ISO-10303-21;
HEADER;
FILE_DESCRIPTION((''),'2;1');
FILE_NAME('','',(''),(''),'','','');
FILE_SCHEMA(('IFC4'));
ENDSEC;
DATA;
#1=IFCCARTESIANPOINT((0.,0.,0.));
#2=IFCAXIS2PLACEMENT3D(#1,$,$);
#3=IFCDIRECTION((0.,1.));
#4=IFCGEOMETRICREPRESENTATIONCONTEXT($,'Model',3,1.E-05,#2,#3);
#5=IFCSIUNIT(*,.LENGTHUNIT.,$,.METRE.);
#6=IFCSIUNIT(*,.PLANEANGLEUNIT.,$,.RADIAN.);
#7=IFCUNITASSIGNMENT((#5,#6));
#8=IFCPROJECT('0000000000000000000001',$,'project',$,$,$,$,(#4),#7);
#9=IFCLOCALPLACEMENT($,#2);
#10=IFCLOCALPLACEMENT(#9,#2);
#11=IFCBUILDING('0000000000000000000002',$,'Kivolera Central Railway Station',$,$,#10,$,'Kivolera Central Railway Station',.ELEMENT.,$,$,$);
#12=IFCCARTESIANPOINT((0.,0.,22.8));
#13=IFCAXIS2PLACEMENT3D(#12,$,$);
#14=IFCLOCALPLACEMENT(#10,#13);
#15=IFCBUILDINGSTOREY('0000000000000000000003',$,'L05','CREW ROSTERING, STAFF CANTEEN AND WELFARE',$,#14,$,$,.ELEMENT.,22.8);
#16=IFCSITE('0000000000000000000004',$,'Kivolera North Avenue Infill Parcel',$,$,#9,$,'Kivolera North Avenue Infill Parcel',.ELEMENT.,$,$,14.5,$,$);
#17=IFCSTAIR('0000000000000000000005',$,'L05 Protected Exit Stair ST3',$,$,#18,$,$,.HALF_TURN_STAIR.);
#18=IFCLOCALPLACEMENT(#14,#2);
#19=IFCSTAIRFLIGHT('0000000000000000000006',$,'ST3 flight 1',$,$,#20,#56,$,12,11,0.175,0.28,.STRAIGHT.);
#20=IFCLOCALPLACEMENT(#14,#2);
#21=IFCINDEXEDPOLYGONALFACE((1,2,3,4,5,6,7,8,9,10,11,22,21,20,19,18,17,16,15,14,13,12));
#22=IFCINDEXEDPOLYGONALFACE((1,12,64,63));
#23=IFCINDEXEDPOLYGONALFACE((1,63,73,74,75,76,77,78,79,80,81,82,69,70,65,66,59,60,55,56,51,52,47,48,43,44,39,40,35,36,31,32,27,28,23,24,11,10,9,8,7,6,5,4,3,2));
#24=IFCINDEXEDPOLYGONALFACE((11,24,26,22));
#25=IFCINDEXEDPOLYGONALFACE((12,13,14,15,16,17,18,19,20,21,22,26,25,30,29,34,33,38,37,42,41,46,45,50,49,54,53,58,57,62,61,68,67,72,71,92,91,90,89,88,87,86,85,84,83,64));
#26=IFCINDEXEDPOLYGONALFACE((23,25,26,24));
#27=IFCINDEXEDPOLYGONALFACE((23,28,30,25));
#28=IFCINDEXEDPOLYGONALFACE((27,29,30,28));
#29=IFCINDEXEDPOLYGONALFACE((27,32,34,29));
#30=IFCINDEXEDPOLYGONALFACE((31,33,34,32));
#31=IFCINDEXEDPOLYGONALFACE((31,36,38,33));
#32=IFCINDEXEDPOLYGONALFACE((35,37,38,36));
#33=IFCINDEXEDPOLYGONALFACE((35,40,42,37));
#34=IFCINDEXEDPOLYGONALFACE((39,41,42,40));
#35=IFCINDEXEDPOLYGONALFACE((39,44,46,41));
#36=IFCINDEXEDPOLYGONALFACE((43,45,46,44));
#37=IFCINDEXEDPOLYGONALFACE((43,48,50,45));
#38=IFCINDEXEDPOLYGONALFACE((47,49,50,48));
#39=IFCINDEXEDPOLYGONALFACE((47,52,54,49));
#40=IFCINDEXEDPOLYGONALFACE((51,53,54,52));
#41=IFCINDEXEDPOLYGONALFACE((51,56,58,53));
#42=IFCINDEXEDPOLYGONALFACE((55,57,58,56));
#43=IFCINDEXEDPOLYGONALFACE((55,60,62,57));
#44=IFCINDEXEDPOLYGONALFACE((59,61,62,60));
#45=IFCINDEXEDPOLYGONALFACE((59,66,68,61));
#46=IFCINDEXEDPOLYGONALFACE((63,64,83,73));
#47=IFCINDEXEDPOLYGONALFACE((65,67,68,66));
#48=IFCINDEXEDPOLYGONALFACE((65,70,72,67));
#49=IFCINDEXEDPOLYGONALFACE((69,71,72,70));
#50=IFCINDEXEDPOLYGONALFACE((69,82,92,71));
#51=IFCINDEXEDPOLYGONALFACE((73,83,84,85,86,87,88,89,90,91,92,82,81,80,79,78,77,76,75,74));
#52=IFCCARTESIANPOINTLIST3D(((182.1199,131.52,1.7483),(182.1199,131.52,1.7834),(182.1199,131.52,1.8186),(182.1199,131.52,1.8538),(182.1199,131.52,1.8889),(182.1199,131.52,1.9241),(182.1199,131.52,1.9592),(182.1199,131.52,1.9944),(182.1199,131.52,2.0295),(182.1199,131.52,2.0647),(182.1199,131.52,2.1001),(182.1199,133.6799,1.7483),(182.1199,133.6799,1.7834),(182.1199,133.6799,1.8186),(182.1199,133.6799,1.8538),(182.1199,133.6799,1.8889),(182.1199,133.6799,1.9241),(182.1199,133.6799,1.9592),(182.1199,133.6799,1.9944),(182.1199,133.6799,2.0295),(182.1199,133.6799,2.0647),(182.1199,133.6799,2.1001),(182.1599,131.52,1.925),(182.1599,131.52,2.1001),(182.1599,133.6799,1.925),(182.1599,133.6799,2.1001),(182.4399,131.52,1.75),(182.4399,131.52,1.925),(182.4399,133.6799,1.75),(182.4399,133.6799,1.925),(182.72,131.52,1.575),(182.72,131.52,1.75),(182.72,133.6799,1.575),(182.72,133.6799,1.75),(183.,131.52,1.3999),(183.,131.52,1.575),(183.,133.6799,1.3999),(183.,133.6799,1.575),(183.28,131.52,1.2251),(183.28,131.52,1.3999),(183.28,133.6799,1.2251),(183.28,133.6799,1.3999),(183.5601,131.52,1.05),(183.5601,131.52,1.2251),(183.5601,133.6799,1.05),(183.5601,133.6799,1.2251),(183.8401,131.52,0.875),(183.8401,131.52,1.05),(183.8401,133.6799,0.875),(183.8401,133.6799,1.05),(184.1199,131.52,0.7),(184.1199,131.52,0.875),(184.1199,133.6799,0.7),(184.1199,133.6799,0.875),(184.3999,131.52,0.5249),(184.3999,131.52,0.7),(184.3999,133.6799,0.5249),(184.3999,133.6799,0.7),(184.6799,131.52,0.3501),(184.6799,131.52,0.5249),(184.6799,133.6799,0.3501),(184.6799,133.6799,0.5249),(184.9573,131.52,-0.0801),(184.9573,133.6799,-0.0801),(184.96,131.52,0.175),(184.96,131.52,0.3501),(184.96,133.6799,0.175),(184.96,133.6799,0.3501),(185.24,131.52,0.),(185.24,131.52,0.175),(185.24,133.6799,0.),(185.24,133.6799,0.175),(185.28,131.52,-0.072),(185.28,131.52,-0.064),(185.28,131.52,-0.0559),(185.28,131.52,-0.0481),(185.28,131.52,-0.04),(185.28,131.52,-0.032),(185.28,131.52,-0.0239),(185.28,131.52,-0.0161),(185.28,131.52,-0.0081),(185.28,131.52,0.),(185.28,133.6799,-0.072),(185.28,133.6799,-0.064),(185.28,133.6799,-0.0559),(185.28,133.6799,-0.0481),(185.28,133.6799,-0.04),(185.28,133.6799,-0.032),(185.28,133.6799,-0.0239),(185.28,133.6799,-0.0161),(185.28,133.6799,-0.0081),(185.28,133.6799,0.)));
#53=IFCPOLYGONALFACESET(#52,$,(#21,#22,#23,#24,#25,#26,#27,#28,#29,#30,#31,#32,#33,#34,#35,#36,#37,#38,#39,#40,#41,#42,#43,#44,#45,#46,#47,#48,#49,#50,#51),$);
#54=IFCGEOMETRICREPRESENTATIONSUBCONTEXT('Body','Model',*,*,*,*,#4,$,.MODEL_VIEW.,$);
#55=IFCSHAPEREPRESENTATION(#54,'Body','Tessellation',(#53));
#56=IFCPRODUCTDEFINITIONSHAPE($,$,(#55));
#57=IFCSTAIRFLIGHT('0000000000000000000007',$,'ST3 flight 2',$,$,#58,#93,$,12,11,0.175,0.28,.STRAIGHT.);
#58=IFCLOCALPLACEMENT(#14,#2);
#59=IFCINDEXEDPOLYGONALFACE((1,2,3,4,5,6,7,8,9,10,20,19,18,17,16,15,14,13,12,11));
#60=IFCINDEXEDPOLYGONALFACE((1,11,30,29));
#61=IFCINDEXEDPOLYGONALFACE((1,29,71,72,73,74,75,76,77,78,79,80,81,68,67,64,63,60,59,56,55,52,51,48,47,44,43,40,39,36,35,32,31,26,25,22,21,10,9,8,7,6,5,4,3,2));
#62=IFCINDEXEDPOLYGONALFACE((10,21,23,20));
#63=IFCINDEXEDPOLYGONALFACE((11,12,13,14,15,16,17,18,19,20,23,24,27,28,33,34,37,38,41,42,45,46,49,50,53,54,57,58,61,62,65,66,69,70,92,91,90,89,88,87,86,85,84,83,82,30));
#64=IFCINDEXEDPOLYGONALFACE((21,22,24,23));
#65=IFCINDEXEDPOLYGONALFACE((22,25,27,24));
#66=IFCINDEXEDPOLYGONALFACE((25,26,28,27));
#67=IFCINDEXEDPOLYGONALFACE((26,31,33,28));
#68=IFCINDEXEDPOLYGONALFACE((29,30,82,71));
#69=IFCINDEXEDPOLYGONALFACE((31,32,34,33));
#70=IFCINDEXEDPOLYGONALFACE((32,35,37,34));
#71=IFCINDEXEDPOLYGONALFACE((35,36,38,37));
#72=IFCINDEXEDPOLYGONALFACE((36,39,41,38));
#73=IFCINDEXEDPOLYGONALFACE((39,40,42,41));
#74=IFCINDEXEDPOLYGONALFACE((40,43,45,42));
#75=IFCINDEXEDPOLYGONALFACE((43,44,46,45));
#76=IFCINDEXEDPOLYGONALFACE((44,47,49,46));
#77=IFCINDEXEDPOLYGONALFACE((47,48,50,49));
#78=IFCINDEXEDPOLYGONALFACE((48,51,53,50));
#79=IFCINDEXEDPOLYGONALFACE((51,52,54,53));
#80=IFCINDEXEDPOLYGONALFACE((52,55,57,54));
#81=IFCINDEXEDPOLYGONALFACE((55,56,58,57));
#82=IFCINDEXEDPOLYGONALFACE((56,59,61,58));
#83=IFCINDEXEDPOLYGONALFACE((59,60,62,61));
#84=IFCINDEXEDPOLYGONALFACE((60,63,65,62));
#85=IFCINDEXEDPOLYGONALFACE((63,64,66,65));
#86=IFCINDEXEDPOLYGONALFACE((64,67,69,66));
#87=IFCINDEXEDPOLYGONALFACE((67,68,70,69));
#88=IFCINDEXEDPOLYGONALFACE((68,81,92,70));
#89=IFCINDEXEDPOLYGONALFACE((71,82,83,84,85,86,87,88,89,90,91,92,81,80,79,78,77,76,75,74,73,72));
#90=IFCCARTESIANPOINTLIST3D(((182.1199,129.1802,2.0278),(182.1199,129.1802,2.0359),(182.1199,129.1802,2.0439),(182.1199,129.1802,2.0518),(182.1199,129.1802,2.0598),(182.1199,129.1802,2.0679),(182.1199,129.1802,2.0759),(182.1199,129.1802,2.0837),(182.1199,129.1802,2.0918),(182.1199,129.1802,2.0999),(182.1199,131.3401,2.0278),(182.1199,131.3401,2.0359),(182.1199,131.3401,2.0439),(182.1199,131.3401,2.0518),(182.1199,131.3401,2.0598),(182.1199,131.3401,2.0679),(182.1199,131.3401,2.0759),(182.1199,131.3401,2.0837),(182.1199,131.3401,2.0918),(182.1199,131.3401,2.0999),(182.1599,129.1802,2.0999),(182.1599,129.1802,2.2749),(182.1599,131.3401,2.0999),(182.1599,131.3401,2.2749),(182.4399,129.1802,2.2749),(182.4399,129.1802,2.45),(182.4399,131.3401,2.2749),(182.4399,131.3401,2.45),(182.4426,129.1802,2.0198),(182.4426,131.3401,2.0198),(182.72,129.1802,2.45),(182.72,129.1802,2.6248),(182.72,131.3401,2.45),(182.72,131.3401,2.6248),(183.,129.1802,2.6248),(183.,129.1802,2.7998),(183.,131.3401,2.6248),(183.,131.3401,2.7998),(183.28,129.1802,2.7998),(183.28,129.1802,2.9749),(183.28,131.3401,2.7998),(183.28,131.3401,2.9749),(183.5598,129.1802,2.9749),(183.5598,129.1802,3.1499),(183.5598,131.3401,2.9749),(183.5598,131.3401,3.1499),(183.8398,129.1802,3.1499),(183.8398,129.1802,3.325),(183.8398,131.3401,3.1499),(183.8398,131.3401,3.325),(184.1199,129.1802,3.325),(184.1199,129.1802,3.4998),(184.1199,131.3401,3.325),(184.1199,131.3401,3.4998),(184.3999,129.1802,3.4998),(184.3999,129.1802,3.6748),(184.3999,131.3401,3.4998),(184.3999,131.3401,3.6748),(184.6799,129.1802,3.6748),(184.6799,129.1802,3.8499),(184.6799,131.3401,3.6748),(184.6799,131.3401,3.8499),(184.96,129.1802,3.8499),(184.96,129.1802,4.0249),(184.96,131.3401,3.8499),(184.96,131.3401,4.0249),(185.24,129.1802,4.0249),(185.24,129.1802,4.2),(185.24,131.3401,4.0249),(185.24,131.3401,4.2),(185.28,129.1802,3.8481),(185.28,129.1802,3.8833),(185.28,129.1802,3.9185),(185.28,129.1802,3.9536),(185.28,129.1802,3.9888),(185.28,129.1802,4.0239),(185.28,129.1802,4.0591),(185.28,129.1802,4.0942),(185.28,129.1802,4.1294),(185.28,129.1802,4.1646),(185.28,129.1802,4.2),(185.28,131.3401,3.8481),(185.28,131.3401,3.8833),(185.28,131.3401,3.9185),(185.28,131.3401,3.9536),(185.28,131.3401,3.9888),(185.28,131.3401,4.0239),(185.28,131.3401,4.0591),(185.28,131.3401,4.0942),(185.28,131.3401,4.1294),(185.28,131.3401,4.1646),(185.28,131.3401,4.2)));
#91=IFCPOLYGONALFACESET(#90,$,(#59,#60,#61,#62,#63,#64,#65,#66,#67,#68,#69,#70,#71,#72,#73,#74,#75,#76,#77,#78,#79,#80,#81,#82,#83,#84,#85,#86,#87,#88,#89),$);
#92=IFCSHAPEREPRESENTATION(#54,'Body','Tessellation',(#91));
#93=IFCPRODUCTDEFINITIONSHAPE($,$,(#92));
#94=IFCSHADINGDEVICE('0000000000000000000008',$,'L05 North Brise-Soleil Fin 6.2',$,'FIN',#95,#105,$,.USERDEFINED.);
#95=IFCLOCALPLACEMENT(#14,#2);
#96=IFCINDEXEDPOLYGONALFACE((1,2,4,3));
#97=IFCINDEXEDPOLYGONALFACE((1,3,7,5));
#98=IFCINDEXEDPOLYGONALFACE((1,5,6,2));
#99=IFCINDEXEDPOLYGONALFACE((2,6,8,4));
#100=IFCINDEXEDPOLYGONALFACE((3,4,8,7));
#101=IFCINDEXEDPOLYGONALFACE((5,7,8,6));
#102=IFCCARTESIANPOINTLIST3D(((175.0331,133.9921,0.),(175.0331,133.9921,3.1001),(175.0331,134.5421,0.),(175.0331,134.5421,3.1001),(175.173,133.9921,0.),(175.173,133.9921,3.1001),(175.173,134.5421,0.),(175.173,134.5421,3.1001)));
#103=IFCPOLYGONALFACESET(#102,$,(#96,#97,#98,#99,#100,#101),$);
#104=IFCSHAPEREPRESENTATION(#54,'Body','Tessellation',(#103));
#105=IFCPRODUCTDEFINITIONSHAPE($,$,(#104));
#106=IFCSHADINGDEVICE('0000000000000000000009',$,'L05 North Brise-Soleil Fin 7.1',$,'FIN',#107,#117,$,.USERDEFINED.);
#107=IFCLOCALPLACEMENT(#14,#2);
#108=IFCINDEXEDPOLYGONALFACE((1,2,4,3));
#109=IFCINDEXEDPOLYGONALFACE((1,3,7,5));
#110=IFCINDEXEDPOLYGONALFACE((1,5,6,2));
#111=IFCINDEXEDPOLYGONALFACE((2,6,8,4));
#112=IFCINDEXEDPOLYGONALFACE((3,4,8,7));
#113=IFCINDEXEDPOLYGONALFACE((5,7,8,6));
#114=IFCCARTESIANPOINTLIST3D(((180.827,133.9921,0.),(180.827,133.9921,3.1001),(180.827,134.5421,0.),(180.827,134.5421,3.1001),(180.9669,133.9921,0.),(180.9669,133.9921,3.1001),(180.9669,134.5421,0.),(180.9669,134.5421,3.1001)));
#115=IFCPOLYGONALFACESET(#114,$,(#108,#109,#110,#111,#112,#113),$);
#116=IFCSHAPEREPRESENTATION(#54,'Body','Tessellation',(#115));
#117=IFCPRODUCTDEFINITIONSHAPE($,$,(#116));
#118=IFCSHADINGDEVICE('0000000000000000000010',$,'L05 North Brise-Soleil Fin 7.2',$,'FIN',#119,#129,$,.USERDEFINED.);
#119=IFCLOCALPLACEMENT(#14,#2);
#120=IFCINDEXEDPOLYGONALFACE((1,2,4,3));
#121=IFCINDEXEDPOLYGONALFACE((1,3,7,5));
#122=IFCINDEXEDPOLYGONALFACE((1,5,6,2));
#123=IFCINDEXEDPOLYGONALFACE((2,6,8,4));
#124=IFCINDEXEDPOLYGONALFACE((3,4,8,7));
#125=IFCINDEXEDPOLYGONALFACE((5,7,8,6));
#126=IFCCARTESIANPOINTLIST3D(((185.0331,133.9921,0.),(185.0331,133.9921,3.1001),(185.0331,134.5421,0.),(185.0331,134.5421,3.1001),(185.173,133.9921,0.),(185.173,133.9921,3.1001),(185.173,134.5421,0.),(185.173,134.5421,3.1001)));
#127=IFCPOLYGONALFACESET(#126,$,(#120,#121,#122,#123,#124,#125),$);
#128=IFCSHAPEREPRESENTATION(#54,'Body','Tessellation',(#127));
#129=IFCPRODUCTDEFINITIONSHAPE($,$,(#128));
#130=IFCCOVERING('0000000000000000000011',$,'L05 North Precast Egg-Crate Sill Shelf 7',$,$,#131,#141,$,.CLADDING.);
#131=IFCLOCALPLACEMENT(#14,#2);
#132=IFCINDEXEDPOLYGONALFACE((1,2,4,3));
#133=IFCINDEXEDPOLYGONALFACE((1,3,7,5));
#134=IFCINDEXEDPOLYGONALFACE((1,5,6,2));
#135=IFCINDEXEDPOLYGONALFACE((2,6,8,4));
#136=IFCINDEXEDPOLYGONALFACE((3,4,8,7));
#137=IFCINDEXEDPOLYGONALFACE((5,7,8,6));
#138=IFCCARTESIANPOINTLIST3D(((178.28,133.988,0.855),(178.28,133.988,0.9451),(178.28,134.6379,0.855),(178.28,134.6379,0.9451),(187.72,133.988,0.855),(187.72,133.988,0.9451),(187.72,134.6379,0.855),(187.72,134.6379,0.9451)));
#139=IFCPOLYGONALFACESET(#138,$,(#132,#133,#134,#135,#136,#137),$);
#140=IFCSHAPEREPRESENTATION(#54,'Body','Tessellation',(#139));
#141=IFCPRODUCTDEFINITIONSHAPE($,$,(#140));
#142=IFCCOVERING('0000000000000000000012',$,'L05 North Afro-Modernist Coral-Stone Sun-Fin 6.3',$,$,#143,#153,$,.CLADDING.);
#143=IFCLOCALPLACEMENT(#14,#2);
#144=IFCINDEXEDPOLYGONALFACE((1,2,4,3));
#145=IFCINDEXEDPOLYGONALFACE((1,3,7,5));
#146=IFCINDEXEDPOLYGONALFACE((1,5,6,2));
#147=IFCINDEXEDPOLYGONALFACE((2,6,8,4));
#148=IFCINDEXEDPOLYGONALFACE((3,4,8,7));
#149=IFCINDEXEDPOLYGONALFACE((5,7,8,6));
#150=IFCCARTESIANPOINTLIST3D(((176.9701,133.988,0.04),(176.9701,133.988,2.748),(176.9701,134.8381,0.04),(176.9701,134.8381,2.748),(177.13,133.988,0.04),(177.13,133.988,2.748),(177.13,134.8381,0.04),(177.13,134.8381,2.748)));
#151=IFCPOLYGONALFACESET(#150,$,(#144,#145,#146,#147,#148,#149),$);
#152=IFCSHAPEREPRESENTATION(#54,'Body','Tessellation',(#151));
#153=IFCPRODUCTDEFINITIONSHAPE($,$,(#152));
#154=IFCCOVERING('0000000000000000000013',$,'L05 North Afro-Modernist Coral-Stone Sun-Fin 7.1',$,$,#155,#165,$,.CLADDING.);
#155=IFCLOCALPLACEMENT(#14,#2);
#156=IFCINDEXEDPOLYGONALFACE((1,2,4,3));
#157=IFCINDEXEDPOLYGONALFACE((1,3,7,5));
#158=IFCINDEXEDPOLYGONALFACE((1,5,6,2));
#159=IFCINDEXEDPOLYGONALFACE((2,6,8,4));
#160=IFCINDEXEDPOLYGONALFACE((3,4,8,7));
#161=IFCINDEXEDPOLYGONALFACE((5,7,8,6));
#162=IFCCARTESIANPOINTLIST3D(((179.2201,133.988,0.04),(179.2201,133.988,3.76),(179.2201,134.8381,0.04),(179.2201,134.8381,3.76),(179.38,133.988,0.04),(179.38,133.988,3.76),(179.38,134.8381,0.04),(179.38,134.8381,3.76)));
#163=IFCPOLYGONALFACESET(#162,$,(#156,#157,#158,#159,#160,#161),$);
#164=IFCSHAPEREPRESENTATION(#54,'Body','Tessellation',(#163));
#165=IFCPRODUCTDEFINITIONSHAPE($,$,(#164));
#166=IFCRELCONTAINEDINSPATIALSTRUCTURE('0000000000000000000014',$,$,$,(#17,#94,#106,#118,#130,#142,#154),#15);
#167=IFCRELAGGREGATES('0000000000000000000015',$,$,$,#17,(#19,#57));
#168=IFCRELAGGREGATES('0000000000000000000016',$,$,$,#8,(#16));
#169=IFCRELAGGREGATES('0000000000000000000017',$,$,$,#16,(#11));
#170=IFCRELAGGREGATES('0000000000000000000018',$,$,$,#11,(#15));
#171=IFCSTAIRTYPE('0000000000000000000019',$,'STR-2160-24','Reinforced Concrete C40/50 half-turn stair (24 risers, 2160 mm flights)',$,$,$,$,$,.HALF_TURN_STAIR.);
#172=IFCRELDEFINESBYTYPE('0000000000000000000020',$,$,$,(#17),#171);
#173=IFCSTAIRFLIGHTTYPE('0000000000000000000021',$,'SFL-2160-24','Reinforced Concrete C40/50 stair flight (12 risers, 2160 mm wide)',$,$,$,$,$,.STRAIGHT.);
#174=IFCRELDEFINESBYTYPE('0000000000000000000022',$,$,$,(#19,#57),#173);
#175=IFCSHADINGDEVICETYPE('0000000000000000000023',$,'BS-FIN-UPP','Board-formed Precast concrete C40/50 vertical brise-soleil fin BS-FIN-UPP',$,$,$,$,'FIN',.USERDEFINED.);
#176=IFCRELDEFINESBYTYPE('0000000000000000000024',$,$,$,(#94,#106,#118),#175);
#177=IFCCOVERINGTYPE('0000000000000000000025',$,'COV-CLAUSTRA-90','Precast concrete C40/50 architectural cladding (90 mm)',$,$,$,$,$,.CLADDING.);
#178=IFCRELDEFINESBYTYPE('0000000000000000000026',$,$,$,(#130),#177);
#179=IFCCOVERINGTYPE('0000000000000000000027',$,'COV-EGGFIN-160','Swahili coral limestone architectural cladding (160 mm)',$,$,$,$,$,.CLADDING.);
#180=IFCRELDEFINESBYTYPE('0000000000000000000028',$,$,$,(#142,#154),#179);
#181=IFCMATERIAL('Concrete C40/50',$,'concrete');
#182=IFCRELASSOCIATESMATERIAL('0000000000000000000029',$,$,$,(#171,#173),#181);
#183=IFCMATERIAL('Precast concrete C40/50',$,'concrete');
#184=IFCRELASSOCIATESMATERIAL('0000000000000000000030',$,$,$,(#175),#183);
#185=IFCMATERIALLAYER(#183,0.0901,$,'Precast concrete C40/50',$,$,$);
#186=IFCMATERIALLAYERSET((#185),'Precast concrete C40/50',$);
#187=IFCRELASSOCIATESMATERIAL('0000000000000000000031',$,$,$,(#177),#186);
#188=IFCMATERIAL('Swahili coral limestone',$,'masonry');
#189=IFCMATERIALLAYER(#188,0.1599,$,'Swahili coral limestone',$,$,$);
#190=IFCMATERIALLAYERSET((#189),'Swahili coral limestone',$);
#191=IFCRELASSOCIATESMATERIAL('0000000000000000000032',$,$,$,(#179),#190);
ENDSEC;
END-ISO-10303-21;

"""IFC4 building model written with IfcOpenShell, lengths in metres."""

from ifc_helpers import new_model, si_unit, direction, frame, origin, origin_2d, place, context, subcontext, project, spatial, polyline, rectangle, outline, extrude, material, layer, layer_set, type_object, element, aggregate, save


model = new_model("IFC4")

# Units and contexts
model_context = context("Model", 3, precision=1e-05, world=origin(), true_north=direction((0.0, 1.0)))
body_context = subcontext(model_context, "Body", "Model", "MODEL_VIEW")
ifc_project = project(units=[si_unit("LENGTHUNIT", "METRE"), si_unit("PLANEANGLEUNIT", "RADIAN")], contexts=[model_context])

# Site, building, storey
site_placement = place(None, origin())
site = spatial("IfcSite", under=ifc_project, at=site_placement, Name="Kivolera North Avenue Infill Parcel", LongName="Kivolera North Avenue Infill Parcel", CompositionType="ELEMENT", RefElevation=14.5)
building_placement = place(site_placement, origin())
building = spatial("IfcBuilding", under=site, at=building_placement, Name="Kivolera Central Railway Station", LongName="Kivolera Central Railway Station", CompositionType="ELEMENT")
storey_placement = place(building_placement, frame((0.0, 0.0, 22.8)))
storey = spatial("IfcBuildingStorey", under=building, at=storey_placement, Name="L05", Description="CREW ROSTERING, STAFF CANTEEN AND WELFARE", CompositionType="ELEMENT", Elevation=22.8)

# Shared definitions
ifc_material_1 = material(Name="Concrete C40/50", Category="concrete")

# Stair, stair flights
stair_type = type_object("IfcStairType", Name="STR-2160-24", Description="Reinforced Concrete C40/50 half-turn stair (24 risers, 2160 mm flights)", PredefinedType="HALF_TURN_STAIR", material=ifc_material_1)
stair_placement = place(storey_placement, origin())
stair = element("IfcStair", 1, at=stair_placement, inside=storey, type_object=stair_type, Name="L05 Protected Exit Stair ST3", PredefinedType="HALF_TURN_STAIR")
stair_flight_type = type_object("IfcStairFlightType", Name="SFL-2160-24", Description="Reinforced Concrete C40/50 stair flight (12 risers, 2160 mm wide)", PredefinedType="STRAIGHT", material=ifc_material_1)
stair_flight_1_placement = place(storey_placement, frame((185.24, 132.6001, 0.0), z_axis=(0.0, 0.0, 1.0), x_axis=(-1.0, 0.0, 0.0)))
stair_flight_1 = element("IfcStairFlight", 2, at=stair_flight_1_placement, type_object=stair_flight_type, Name="ST3 flight 1", NumberOfRisers=12, NumberOfTreads=11, PredefinedType="STRAIGHT", RiserHeight=0.175, TreadLength=0.28, context=body_context, shape_type="SweptSolid", body=[
    extrude(outline(polyline([(-0.04, 0.0), (0.0, 0.0), (0.0, 0.175), (0.28, 0.175), (0.28, 0.3501), (0.5601, 0.3501), (0.5601, 0.5249), (0.8401, 0.5249), (0.8401, 0.7), (1.1201, 0.7), (1.1201, 0.875), (1.3999, 0.875), (1.3999, 1.05), (1.6799, 1.05), (1.6799, 1.2251), (1.96, 1.2251), (1.96, 1.3999), (2.24, 1.3999), (2.24, 1.575), (2.52, 1.575), (2.52, 1.75), (2.8, 1.75), (2.8, 1.925), (3.0801, 1.925), (3.0801, 2.1001), (3.1201, 2.1001), (3.1201, 2.0647), (3.1201, 2.0295), (3.1201, 1.9944), (3.1201, 1.9592), (3.1201, 1.9241), (3.1201, 1.8889), (3.1201, 1.8538), (3.1201, 1.8186), (3.1201, 1.7834), (3.1201, 1.7483), (0.2827, -0.0801), (-0.04, -0.072), (-0.04, -0.064), (-0.04, -0.0559), (-0.04, -0.0481), (-0.04, -0.04), (-0.04, -0.032), (-0.04, -0.0239), (-0.04, -0.0161), (-0.04, -0.0081), (-0.04, 0.0)])), frame((0.0, 1.0801, 0.0), z_axis=(0.0, -1.0, 0.0), x_axis=(1.0, 0.0, 0.0)), (0.0, 0.0, 1.0), 2.1599),
])
stair_flight_2_placement = place(storey_placement, frame((182.1599, 130.26, 2.0999), z_axis=(0.0, 0.0, 1.0), x_axis=(1.0, 0.0, 0.0)))
stair_flight_2 = element("IfcStairFlight", 3, at=stair_flight_2_placement, type_object=stair_flight_type, Name="ST3 flight 2", NumberOfRisers=12, NumberOfTreads=11, PredefinedType="STRAIGHT", RiserHeight=0.175, TreadLength=0.28, context=body_context, shape_type="SweptSolid", body=[
    extrude(outline(polyline([(-0.04, 0.0), (0.0, 0.0), (0.0, 0.175), (0.28, 0.175), (0.28, 0.3501), (0.5601, 0.3501), (0.5601, 0.5249), (0.8401, 0.5249), (0.8401, 0.7), (1.1201, 0.7), (1.1201, 0.875), (1.3999, 0.875), (1.3999, 1.05), (1.6799, 1.05), (1.6799, 1.2251), (1.96, 1.2251), (1.96, 1.3999), (2.24, 1.3999), (2.24, 1.575), (2.52, 1.575), (2.52, 1.75), (2.8, 1.75), (2.8, 1.925), (3.0801, 1.925), (3.0801, 2.1001), (3.1201, 2.1001), (3.1201, 2.0647), (3.1201, 2.0295), (3.1201, 1.9944), (3.1201, 1.9592), (3.1201, 1.9241), (3.1201, 1.8889), (3.1201, 1.8538), (3.1201, 1.8186), (3.1201, 1.7834), (3.1201, 1.7483), (0.2827, -0.0801), (-0.04, -0.072), (-0.04, -0.064), (-0.04, -0.0559), (-0.04, -0.0481), (-0.04, -0.04), (-0.04, -0.032), (-0.04, -0.0239), (-0.04, -0.0161), (-0.04, -0.0081), (-0.04, 0.0)])), frame((0.0, 1.0801, 0.0), z_axis=(0.0, -1.0, 0.0), x_axis=(1.0, 0.0, 0.0)), (0.0, 0.0, 1.0), 2.1599),
])
aggregate(stair, [stair_flight_1, stair_flight_2])

# Shading devices
ifc_material_2 = material(Name="Precast concrete C40/50", Category="concrete")
shading_device_type = type_object("IfcShadingDeviceType", Name="BS-FIN-UPP", Description="Board-formed Precast concrete C40/50 vertical brise-soleil fin BS-FIN-UPP", ElementType="FIN", PredefinedType="USERDEFINED", material=ifc_material_2)
for number, where, z_axis, x_axis, name in (
    (4, (175.103, 134.2671, 0.0), (0.0, 0.0, 1.0), (1.0, 0.0, 0.0), "L05 North Brise-Soleil Fin 6.2"),
    (5, (180.897, 134.2671, 0.0), (0.0, 0.0, 1.0), (1.0, 0.0, 0.0), "L05 North Brise-Soleil Fin 7.1"),
    (6, (185.103, 134.2671, 0.0), (0.0, 0.0, 1.0), (1.0, 0.0, 0.0), "L05 North Brise-Soleil Fin 7.2"),
):
    element("IfcShadingDevice", number, at=place(storey_placement, frame(where, z_axis=z_axis, x_axis=x_axis)), inside=storey, type_object=shading_device_type, Name=name, ObjectType="FIN", PredefinedType="USERDEFINED", context=body_context, shape_type="SweptSolid", body=[
        extrude(rectangle(XDim=0.1399, YDim=0.55, at=origin_2d()), origin(), (0.0, 0.0, 1.0), 3.1001),
    ])

# Coverings
ifc_layer_1 = layer(ifc_material_2, 0.0901, Name="Precast concrete C40/50")
ifc_layer_set_1 = layer_set([ifc_layer_1], Name="Precast concrete C40/50")
covering_type_1 = type_object("IfcCoveringType", Name="COV-CLAUSTRA-90", Description="Precast concrete C40/50 architectural cladding (90 mm)", PredefinedType="CLADDING", material=ifc_layer_set_1)
covering_1_placement = place(storey_placement, frame((183.0, 134.313, 0.855), z_axis=(0.0, 0.0, 1.0), x_axis=(1.0, 0.0, 0.0)))
element("IfcCovering", 7, at=covering_1_placement, inside=storey, type_object=covering_type_1, Name="L05 North Precast Egg-Crate Sill Shelf 7", PredefinedType="CLADDING", context=body_context, shape_type="SweptSolid", body=[
    extrude(rectangle(XDim=9.4399, YDim=0.6499, at=origin_2d()), origin(), (0.0, 0.0, 1.0), 0.0901),
])
ifc_material_3 = material(Name="Swahili coral limestone", Category="masonry")
ifc_layer_2 = layer(ifc_material_3, 0.1599, Name="Swahili coral limestone")
ifc_layer_set_2 = layer_set([ifc_layer_2], Name="Swahili coral limestone")
covering_type_2 = type_object("IfcCoveringType", Name="COV-EGGFIN-160", Description="Swahili coral limestone architectural cladding (160 mm)", PredefinedType="CLADDING", material=ifc_layer_set_2)
covering_2_placement = place(storey_placement, frame((177.05, 134.4131, 0.04), z_axis=(0.0, 0.0, 1.0), x_axis=(1.0, 0.0, 0.0)))
element("IfcCovering", 8, at=covering_2_placement, inside=storey, type_object=covering_type_2, Name="L05 North Afro-Modernist Coral-Stone Sun-Fin 6.3", PredefinedType="CLADDING", context=body_context, shape_type="SweptSolid", body=[
    extrude(rectangle(XDim=0.1599, YDim=0.8501, at=origin_2d()), origin(), (0.0, 0.0, 1.0), 2.708),
])
for number, where, z_axis, x_axis, name in (
    (9, (179.3, 134.4131, 0.04), (0.0, 0.0, 1.0), (1.0, 0.0, 0.0), "L05 North Afro-Modernist Coral-Stone Sun-Fin 7.1"),
):
    element("IfcCovering", number, at=place(storey_placement, frame(where, z_axis=z_axis, x_axis=x_axis)), inside=storey, type_object=covering_type_2, Name=name, PredefinedType="CLADDING", context=body_context, shape_type="SweptSolid", body=[
        extrude(rectangle(XDim=0.1599, YDim=0.8501, at=origin_2d()), origin(), (0.0, 0.0, 1.0), 3.72),
    ])

save(model, "model.ifc")
